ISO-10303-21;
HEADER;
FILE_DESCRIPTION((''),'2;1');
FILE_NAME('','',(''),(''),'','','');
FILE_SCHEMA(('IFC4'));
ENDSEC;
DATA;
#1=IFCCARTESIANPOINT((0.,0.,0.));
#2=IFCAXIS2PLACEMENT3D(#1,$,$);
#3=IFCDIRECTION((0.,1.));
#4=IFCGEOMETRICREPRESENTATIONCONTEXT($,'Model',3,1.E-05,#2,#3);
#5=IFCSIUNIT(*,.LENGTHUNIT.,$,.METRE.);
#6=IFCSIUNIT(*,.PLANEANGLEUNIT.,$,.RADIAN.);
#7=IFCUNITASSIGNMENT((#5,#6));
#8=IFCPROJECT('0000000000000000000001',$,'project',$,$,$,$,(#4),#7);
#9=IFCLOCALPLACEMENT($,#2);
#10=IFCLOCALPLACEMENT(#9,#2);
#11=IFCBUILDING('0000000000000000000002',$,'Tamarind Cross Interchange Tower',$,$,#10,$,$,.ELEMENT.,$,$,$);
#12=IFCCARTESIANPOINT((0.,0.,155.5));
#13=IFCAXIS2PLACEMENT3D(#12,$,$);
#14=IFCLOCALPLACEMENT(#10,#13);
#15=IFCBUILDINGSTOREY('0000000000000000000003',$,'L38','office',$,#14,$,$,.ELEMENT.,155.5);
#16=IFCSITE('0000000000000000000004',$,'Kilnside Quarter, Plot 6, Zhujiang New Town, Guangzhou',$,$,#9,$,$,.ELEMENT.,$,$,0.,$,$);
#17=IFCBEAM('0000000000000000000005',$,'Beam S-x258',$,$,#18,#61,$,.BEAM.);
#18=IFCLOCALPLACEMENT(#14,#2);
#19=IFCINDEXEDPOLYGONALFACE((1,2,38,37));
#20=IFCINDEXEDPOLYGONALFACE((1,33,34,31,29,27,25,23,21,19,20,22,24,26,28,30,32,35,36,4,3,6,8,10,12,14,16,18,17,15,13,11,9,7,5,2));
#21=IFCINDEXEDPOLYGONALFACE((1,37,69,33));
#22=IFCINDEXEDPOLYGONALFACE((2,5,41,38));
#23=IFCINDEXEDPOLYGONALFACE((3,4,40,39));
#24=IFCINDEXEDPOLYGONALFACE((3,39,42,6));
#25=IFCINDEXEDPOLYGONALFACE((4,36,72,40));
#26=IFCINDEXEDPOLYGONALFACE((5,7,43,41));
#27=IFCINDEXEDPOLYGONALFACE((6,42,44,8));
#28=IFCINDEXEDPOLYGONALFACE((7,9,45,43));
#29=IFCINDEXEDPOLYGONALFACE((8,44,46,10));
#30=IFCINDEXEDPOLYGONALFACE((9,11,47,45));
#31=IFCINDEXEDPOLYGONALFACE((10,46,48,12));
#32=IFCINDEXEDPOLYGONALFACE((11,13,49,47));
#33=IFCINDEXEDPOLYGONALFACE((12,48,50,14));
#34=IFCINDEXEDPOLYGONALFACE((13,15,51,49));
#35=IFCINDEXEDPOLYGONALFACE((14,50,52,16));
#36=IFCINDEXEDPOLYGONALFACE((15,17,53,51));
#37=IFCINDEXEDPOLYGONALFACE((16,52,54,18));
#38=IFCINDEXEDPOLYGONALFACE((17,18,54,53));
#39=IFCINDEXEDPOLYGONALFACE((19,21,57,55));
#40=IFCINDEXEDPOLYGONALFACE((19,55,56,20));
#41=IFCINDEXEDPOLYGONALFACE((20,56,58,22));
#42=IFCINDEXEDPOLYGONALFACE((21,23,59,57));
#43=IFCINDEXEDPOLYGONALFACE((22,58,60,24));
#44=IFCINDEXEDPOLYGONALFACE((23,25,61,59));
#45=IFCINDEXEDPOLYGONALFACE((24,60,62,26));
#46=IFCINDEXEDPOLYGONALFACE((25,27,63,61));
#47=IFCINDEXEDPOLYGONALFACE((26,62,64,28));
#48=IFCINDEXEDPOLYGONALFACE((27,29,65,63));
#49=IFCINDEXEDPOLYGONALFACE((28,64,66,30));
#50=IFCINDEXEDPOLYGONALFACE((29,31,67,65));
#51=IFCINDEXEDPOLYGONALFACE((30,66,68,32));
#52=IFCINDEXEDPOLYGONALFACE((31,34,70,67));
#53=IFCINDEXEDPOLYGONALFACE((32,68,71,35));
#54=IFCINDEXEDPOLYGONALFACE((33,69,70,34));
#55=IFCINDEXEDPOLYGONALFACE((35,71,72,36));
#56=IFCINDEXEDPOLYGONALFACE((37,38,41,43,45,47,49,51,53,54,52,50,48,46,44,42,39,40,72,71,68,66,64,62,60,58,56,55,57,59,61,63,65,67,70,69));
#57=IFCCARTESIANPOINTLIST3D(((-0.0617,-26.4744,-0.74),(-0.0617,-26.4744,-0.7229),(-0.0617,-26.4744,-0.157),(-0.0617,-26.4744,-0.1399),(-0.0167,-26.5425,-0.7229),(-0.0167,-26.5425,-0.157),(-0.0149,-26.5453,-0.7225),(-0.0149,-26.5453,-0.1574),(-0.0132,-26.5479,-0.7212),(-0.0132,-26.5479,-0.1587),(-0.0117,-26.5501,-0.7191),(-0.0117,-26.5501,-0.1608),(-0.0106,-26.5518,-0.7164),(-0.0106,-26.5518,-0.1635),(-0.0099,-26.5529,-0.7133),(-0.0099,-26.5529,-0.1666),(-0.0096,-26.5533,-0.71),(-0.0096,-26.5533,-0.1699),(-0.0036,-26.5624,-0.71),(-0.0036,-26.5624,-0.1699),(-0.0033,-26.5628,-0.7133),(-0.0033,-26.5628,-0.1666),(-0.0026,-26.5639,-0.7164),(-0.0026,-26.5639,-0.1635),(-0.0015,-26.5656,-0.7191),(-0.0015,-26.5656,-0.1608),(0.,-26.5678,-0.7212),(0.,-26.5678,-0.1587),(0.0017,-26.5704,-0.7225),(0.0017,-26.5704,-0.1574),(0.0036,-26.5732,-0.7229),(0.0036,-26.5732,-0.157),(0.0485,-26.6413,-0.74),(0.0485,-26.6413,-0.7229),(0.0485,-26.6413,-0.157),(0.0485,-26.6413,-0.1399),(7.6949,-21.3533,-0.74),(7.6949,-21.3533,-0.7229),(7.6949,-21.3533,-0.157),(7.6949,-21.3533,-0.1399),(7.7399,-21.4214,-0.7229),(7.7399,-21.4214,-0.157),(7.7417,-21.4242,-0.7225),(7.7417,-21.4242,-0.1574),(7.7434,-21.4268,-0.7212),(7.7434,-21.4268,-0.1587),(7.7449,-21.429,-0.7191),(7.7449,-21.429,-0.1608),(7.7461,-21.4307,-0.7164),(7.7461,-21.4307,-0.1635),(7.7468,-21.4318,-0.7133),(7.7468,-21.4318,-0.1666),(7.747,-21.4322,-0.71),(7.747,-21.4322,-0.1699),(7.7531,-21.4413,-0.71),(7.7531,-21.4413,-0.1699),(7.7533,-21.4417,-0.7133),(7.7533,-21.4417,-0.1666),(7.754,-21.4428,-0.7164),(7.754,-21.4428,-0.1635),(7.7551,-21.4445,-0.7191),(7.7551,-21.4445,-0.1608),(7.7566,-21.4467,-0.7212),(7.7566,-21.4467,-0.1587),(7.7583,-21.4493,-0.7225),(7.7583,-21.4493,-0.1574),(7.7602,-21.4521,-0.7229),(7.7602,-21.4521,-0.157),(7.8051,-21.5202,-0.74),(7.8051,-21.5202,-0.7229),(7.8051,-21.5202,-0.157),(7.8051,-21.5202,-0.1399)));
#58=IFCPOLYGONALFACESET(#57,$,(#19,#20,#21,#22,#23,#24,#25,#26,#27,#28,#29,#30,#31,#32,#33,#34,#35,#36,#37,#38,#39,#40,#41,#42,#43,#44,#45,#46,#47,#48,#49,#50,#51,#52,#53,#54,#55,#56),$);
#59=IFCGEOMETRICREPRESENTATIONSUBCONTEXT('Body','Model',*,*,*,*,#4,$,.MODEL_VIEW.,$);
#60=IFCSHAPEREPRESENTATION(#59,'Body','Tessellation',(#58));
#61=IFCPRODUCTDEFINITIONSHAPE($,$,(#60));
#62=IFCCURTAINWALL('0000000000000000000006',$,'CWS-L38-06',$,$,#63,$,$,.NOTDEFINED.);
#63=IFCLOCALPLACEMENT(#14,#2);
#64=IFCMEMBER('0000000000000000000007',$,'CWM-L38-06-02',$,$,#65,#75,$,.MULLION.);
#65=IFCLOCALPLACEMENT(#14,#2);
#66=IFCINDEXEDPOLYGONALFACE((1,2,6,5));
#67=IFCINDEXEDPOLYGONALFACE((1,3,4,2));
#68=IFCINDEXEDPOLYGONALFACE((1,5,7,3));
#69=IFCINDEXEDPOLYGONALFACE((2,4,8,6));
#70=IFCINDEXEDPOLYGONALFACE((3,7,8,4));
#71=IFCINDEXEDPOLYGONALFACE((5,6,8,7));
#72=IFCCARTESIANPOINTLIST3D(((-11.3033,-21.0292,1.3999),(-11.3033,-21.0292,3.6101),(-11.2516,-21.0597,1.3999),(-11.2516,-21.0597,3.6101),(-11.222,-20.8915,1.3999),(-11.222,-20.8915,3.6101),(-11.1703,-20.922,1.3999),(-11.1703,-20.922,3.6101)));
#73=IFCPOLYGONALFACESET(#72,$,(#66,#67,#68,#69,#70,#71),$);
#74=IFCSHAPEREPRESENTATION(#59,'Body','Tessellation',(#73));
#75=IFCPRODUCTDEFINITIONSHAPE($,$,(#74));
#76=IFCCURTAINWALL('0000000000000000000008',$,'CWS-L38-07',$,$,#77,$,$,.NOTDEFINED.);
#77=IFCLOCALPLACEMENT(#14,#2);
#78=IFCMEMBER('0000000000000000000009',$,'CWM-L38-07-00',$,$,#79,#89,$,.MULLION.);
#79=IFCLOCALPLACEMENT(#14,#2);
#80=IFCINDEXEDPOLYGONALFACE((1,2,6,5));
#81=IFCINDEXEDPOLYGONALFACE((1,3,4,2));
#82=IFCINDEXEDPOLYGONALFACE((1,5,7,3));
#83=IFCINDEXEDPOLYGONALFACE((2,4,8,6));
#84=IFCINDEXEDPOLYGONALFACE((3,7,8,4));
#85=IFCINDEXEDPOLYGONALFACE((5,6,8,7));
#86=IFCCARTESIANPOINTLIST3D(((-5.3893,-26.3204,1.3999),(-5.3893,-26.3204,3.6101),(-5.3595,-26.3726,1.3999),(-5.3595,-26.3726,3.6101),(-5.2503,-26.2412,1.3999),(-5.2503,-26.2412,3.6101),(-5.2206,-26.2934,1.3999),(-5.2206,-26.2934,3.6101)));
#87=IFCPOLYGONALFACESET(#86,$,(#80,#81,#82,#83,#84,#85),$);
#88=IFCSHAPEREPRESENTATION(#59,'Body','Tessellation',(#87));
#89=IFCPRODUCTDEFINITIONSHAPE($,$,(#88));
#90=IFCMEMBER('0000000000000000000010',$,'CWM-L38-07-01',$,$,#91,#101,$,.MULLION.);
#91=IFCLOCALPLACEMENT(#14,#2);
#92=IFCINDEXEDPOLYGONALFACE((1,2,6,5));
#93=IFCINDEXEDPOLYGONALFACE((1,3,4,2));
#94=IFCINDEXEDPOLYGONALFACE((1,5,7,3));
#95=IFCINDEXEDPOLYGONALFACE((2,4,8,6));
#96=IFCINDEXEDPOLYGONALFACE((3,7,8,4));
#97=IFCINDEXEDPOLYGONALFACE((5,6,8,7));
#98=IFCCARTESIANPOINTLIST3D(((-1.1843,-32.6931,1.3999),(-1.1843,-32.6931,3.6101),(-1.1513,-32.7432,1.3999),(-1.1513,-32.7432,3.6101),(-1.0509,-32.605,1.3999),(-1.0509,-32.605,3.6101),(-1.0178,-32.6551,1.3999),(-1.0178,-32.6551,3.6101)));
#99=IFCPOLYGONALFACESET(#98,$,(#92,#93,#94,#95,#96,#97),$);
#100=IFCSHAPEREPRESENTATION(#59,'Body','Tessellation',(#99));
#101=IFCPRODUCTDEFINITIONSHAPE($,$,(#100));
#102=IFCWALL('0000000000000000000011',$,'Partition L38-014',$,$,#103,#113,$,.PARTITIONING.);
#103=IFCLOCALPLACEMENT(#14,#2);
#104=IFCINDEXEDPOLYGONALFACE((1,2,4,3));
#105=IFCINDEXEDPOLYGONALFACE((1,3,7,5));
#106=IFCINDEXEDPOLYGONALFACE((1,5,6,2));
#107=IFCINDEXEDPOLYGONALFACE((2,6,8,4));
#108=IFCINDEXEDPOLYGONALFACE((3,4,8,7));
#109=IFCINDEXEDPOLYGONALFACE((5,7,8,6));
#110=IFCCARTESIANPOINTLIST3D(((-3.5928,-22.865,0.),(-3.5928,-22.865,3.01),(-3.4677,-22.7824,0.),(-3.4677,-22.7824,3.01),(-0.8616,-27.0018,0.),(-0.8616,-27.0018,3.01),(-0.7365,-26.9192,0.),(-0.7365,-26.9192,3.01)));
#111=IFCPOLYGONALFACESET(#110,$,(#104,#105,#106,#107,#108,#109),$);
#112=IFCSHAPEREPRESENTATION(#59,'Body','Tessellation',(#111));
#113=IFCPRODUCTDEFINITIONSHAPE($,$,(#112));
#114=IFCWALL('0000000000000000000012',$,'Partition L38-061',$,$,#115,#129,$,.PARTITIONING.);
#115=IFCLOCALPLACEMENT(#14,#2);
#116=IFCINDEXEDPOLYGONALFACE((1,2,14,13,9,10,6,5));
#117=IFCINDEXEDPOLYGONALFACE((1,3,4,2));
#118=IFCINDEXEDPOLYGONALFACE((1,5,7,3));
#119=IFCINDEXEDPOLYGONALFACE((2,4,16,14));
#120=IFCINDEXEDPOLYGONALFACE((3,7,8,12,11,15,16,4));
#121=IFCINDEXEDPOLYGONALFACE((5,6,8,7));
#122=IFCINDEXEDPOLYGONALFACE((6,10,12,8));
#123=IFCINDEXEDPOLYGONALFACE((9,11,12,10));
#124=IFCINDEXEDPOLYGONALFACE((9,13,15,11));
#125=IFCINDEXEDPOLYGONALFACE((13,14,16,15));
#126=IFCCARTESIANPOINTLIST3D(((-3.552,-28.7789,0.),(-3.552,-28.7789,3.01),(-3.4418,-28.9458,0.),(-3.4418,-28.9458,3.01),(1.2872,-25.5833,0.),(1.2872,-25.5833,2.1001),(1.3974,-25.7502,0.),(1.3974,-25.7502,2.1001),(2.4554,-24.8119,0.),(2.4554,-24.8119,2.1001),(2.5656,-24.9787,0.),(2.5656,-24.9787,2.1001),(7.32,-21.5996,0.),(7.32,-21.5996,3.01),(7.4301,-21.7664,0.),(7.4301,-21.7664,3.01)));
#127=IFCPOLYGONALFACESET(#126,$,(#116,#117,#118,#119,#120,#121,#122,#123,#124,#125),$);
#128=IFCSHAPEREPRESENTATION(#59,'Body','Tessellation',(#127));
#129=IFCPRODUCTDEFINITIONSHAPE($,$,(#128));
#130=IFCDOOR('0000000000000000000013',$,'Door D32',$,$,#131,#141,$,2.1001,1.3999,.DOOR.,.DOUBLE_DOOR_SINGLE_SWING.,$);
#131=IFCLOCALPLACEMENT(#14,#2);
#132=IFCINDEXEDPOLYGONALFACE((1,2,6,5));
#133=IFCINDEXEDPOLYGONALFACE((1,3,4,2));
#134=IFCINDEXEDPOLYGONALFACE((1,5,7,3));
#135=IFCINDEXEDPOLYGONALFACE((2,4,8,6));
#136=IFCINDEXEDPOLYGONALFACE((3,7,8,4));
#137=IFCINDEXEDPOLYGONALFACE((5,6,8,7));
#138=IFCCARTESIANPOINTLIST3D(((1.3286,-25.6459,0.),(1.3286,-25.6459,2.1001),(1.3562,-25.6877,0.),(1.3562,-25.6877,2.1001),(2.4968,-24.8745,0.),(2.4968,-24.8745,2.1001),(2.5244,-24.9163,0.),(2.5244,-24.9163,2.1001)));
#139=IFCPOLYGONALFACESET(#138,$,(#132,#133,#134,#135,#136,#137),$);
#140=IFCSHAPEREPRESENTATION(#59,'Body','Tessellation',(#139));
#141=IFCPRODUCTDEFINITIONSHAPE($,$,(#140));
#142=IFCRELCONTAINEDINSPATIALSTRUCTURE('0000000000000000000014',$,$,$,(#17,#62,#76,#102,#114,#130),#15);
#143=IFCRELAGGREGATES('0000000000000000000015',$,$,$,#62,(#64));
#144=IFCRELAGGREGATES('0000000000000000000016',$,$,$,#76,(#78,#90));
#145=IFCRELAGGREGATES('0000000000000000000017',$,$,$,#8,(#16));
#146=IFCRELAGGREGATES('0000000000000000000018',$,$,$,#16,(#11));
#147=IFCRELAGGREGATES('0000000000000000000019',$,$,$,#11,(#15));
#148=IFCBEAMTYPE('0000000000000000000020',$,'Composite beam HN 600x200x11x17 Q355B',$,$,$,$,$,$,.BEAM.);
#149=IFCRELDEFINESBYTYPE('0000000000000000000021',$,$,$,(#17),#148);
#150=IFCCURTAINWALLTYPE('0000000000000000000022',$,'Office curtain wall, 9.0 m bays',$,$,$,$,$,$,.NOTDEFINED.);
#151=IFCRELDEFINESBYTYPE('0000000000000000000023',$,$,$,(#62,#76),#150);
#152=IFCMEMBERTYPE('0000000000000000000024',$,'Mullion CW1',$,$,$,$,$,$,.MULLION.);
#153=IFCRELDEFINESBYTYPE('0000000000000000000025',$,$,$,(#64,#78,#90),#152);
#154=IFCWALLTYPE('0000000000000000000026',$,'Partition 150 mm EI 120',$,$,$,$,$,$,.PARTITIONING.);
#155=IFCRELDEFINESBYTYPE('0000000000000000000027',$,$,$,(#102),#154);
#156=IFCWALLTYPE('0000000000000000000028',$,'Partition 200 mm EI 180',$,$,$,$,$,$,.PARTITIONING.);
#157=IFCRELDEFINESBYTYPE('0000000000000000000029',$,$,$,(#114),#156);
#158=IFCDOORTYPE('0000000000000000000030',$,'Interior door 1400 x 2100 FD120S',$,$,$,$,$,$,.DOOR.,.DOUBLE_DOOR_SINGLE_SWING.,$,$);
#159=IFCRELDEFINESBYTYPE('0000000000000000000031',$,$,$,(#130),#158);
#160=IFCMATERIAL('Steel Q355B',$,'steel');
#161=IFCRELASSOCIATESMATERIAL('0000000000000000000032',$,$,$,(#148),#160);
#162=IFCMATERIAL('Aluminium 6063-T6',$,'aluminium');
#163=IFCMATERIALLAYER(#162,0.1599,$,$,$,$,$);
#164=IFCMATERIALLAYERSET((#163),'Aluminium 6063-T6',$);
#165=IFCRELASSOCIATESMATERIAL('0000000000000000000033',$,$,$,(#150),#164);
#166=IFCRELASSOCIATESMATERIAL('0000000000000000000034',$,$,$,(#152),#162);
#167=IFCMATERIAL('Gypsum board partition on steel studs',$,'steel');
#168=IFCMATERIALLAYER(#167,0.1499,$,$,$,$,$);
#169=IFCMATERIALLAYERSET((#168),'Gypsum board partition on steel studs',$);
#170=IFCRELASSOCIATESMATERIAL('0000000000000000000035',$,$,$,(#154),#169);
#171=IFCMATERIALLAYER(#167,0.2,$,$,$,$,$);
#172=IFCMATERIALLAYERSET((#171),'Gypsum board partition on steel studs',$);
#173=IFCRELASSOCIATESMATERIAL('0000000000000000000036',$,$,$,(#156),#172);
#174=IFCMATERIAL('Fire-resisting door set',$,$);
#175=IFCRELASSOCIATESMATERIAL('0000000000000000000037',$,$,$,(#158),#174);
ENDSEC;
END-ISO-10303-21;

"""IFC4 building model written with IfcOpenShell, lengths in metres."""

from ifc_helpers import new_model, si_unit, direction, frame, frame_2d, origin, origin_2d, place, context, subcontext, project, spatial, rectangle, i_section, extrude, material, layer, layer_set, material_profile, profile_set, type_object, element, fill, aggregate, save


model = new_model("IFC4")

# Units and contexts
model_context = context("Model", 3, precision=1e-05, world=origin(), true_north=direction((0.0, 1.0)))
body_context = subcontext(model_context, "Body", "Model", "MODEL_VIEW")
ifc_project = project(units=[si_unit("LENGTHUNIT", "METRE"), si_unit("PLANEANGLEUNIT", "RADIAN")], contexts=[model_context])

# Site, building, storey
site_placement = place(None, origin())
site = spatial("IfcSite", under=ifc_project, at=site_placement, Name="Kilnside Quarter, Plot 6, Zhujiang New Town, Guangzhou", CompositionType="ELEMENT", RefElevation=0.0)
building_placement = place(site_placement, origin())
building = spatial("IfcBuilding", under=site, at=building_placement, Name="Tamarind Cross Interchange Tower", CompositionType="ELEMENT")
storey_placement = place(building_placement, frame((0.0, 0.0, 155.5)))
storey = spatial("IfcBuildingStorey", under=building, at=storey_placement, Name="L38", Description="office", CompositionType="ELEMENT", Elevation=155.5)

# Beam
ifc_material_1 = material(Name="Steel Q355B", Category="steel")
ifc_material_profile_1 = material_profile(ifc_material_1, i_section(OverallWidth=0.2, OverallDepth=0.6001, WebThickness=0.011, FlangeThickness=0.0171, FilletRadius=0.0129, at=origin_2d()), Name="HN 600x200x11x17")
ifc_profile_set_1 = profile_set([ifc_material_profile_1], Name="Steel Q355B")
beam_type_1 = type_object("IfcBeamType", Name="Composite beam HN 600x200x11x17 Q355B", PredefinedType="BEAM", material=ifc_profile_set_1)
beam_1_placement = place(storey_placement, frame((-0.0066, -26.5579, -0.4399), z_axis=(0.834523, 0.550973, 0.0), x_axis=(-0.550973, 0.834523, 0.0)))
element("IfcBeam", 1, at=beam_1_placement, inside=storey, type_object=beam_type_1, Name="Beam S-x258", PredefinedType="BEAM", context=body_context, shape_type="SweptSolid", body=[
    extrude(i_section(OverallWidth=0.2, OverallDepth=0.6001, WebThickness=0.011, FlangeThickness=0.0171, FilletRadius=0.0129, at=origin_2d()), origin(), (0.0, 0.0, 1.0), 9.2947),
])

# Curtain wall, member
ifc_material_2 = material(Name="Aluminium 6063-T6", Category="aluminium")
ifc_layer_1 = layer(ifc_material_2, 0.1599)
ifc_layer_set_1 = layer_set([ifc_layer_1], Name="Aluminium 6063-T6")
curtain_wall_type = type_object("IfcCurtainWallType", Name="Office curtain wall, 9.0 m bays", PredefinedType="NOTDEFINED", material=ifc_layer_set_1)
curtain_wall_1_placement = place(storey_placement, origin())
curtain_wall_1 = element("IfcCurtainWall", 2, at=curtain_wall_1_placement, inside=storey, type_object=curtain_wall_type, Name="CWS-L38-06", PredefinedType="NOTDEFINED")
ifc_material_profile_2 = material_profile(ifc_material_2, rectangle(XDim=0.0601, YDim=0.1599, at=origin_2d()), Name="Mullion CW1")
ifc_profile_set_2 = profile_set([ifc_material_profile_2], Name="Aluminium 6063-T6")
member_type = type_object("IfcMemberType", Name="Mullion CW1", PredefinedType="MULLION", material=ifc_profile_set_2)
member_1_placement = place(storey_placement, frame((-11.2368, -20.9756, 1.3999), z_axis=(0.0, 0.0, 1.0), x_axis=(0.861249, -0.508183, 0.0)))
member_1 = element("IfcMember", 3, at=member_1_placement, type_object=member_type, Name="CWM-L38-06-02", PredefinedType="MULLION", context=body_context, shape_type="SweptSolid", body=[
    extrude(rectangle(XDim=0.0601, YDim=0.1599, at=origin_2d()), origin(), (0.0, 0.0, 1.0), 2.2102),
])
aggregate(curtain_wall_1, [member_1])

# Curtain wall, members
curtain_wall_2_placement = place(storey_placement, origin())
curtain_wall_2 = element("IfcCurtainWall", 4, at=curtain_wall_2_placement, inside=storey, type_object=curtain_wall_type, Name="CWS-L38-07", PredefinedType="NOTDEFINED")
member_2_placement = place(storey_placement, frame((-5.3049, -26.3069, 1.3999), z_axis=(0.0, 0.0, 1.0), x_axis=(0.49521, -0.868773, 0.0)))
member_2 = element("IfcMember", 5, at=member_2_placement, type_object=member_type, Name="CWM-L38-07-00", PredefinedType="MULLION", context=body_context, shape_type="SweptSolid", body=[
    extrude(rectangle(XDim=0.0601, YDim=0.1599, at=origin_2d()), origin(), (0.0, 0.0, 1.0), 2.2102),
])
member_3_placement = place(storey_placement, frame((-1.1011, -32.6741, 1.3999), z_axis=(0.0, 0.0, 1.0), x_axis=(0.55097, -0.834525, 0.0)))
member_3 = element("IfcMember", 6, at=member_3_placement, type_object=member_type, Name="CWM-L38-07-01", PredefinedType="MULLION", context=body_context, shape_type="SweptSolid", body=[
    extrude(rectangle(XDim=0.0601, YDim=0.1599, at=origin_2d()), origin(), (0.0, 0.0, 1.0), 2.2102),
])
aggregate(curtain_wall_2, [member_2, member_3])

# Wall
ifc_material_3 = material(Name="Gypsum board partition on steel studs", Category="steel")
ifc_layer_2 = layer(ifc_material_3, 0.1499)
ifc_layer_set_2 = layer_set([ifc_layer_2], Name="Gypsum board partition on steel studs")
wall_type_1 = type_object("IfcWallType", Name="Partition 150 mm EI 120", PredefinedType="PARTITIONING", material=ifc_layer_set_2)
wall_1_placement = place(storey_placement, frame((-3.5303, -22.8237, 0.0), z_axis=(0.0, 0.0, 1.0), x_axis=(0.550978, -0.83452, 0.0)))
element("IfcWall", 7, at=wall_1_placement, inside=storey, type_object=wall_type_1, Name="Partition L38-014", PredefinedType="PARTITIONING", context=body_context, shape_type="SweptSolid", body=[
    extrude(rectangle(XDim=4.957, YDim=0.1499, at=frame_2d((2.4785, 0.0))), origin(), (0.0, 0.0, 1.0), 3.01),
])

# Wall, opening, door
ifc_layer_3 = layer(ifc_material_3, 0.2)
ifc_layer_set_3 = layer_set([ifc_layer_3], Name="Gypsum board partition on steel studs")
wall_type_2 = type_object("IfcWallType", Name="Partition 200 mm EI 180", PredefinedType="PARTITIONING", material=ifc_layer_set_3)
wall_2_placement = place(storey_placement, frame((-3.4968, -28.8623, 0.0), z_axis=(0.0, 0.0, 1.0), x_axis=(0.834473, 0.551049, 0.0)))
wall_2 = element("IfcWall", 8, at=wall_2_placement, inside=storey, type_object=wall_type_2, Name="Partition L38-061", PredefinedType="PARTITIONING", context=body_context, shape_type="SweptSolid", body=[
    extrude(rectangle(XDim=13.0286, YDim=0.2, at=frame_2d((6.5142, 0.0))), origin(), (0.0, 0.0, 1.0), 3.01),
])
opening_placement = place(wall_2_placement, frame((5.7991, 0.0, 0.0)))
opening = element("IfcOpeningElement", 9, at=opening_placement, cuts=wall_2, PredefinedType="OPENING", context=body_context, shape_type="SweptSolid", body=[
    extrude(rectangle(XDim=1.3999, YDim=2.1001, at=frame_2d((0.7, 1.05))), frame((0.0, 0.1099, 0.0), z_axis=(0.0, -1.0, 0.0), x_axis=(1.0, 0.0, 0.0)), (0.0, 0.0, 1.0), 0.22),
])
ifc_material_4 = material(Name="Fire-resisting door set")
door_type = type_object("IfcDoorType", Name="Interior door 1400 x 2100 FD120S", OperationType="DOUBLE_DOOR_SINGLE_SWING", PredefinedType="DOOR", material=ifc_material_4)
door_placement = place(opening_placement, origin())
door = element("IfcDoor", 10, at=door_placement, inside=storey, type_object=door_type, Name="Door D32", OperationType="DOUBLE_DOOR_SINGLE_SWING", OverallHeight=2.1001, OverallWidth=1.3999, PredefinedType="DOOR", context=body_context, shape_type="SweptSolid", body=[
    extrude(rectangle(XDim=1.3999, YDim=2.1001, at=frame_2d((0.7, 1.05))), frame((0.0, 0.0249, 0.0), z_axis=(0.0, -1.0, 0.0), x_axis=(1.0, 0.0, 0.0)), (0.0, 0.0, 1.0), 0.05),
])
fill(opening, door)

save(model, "model.ifc")
